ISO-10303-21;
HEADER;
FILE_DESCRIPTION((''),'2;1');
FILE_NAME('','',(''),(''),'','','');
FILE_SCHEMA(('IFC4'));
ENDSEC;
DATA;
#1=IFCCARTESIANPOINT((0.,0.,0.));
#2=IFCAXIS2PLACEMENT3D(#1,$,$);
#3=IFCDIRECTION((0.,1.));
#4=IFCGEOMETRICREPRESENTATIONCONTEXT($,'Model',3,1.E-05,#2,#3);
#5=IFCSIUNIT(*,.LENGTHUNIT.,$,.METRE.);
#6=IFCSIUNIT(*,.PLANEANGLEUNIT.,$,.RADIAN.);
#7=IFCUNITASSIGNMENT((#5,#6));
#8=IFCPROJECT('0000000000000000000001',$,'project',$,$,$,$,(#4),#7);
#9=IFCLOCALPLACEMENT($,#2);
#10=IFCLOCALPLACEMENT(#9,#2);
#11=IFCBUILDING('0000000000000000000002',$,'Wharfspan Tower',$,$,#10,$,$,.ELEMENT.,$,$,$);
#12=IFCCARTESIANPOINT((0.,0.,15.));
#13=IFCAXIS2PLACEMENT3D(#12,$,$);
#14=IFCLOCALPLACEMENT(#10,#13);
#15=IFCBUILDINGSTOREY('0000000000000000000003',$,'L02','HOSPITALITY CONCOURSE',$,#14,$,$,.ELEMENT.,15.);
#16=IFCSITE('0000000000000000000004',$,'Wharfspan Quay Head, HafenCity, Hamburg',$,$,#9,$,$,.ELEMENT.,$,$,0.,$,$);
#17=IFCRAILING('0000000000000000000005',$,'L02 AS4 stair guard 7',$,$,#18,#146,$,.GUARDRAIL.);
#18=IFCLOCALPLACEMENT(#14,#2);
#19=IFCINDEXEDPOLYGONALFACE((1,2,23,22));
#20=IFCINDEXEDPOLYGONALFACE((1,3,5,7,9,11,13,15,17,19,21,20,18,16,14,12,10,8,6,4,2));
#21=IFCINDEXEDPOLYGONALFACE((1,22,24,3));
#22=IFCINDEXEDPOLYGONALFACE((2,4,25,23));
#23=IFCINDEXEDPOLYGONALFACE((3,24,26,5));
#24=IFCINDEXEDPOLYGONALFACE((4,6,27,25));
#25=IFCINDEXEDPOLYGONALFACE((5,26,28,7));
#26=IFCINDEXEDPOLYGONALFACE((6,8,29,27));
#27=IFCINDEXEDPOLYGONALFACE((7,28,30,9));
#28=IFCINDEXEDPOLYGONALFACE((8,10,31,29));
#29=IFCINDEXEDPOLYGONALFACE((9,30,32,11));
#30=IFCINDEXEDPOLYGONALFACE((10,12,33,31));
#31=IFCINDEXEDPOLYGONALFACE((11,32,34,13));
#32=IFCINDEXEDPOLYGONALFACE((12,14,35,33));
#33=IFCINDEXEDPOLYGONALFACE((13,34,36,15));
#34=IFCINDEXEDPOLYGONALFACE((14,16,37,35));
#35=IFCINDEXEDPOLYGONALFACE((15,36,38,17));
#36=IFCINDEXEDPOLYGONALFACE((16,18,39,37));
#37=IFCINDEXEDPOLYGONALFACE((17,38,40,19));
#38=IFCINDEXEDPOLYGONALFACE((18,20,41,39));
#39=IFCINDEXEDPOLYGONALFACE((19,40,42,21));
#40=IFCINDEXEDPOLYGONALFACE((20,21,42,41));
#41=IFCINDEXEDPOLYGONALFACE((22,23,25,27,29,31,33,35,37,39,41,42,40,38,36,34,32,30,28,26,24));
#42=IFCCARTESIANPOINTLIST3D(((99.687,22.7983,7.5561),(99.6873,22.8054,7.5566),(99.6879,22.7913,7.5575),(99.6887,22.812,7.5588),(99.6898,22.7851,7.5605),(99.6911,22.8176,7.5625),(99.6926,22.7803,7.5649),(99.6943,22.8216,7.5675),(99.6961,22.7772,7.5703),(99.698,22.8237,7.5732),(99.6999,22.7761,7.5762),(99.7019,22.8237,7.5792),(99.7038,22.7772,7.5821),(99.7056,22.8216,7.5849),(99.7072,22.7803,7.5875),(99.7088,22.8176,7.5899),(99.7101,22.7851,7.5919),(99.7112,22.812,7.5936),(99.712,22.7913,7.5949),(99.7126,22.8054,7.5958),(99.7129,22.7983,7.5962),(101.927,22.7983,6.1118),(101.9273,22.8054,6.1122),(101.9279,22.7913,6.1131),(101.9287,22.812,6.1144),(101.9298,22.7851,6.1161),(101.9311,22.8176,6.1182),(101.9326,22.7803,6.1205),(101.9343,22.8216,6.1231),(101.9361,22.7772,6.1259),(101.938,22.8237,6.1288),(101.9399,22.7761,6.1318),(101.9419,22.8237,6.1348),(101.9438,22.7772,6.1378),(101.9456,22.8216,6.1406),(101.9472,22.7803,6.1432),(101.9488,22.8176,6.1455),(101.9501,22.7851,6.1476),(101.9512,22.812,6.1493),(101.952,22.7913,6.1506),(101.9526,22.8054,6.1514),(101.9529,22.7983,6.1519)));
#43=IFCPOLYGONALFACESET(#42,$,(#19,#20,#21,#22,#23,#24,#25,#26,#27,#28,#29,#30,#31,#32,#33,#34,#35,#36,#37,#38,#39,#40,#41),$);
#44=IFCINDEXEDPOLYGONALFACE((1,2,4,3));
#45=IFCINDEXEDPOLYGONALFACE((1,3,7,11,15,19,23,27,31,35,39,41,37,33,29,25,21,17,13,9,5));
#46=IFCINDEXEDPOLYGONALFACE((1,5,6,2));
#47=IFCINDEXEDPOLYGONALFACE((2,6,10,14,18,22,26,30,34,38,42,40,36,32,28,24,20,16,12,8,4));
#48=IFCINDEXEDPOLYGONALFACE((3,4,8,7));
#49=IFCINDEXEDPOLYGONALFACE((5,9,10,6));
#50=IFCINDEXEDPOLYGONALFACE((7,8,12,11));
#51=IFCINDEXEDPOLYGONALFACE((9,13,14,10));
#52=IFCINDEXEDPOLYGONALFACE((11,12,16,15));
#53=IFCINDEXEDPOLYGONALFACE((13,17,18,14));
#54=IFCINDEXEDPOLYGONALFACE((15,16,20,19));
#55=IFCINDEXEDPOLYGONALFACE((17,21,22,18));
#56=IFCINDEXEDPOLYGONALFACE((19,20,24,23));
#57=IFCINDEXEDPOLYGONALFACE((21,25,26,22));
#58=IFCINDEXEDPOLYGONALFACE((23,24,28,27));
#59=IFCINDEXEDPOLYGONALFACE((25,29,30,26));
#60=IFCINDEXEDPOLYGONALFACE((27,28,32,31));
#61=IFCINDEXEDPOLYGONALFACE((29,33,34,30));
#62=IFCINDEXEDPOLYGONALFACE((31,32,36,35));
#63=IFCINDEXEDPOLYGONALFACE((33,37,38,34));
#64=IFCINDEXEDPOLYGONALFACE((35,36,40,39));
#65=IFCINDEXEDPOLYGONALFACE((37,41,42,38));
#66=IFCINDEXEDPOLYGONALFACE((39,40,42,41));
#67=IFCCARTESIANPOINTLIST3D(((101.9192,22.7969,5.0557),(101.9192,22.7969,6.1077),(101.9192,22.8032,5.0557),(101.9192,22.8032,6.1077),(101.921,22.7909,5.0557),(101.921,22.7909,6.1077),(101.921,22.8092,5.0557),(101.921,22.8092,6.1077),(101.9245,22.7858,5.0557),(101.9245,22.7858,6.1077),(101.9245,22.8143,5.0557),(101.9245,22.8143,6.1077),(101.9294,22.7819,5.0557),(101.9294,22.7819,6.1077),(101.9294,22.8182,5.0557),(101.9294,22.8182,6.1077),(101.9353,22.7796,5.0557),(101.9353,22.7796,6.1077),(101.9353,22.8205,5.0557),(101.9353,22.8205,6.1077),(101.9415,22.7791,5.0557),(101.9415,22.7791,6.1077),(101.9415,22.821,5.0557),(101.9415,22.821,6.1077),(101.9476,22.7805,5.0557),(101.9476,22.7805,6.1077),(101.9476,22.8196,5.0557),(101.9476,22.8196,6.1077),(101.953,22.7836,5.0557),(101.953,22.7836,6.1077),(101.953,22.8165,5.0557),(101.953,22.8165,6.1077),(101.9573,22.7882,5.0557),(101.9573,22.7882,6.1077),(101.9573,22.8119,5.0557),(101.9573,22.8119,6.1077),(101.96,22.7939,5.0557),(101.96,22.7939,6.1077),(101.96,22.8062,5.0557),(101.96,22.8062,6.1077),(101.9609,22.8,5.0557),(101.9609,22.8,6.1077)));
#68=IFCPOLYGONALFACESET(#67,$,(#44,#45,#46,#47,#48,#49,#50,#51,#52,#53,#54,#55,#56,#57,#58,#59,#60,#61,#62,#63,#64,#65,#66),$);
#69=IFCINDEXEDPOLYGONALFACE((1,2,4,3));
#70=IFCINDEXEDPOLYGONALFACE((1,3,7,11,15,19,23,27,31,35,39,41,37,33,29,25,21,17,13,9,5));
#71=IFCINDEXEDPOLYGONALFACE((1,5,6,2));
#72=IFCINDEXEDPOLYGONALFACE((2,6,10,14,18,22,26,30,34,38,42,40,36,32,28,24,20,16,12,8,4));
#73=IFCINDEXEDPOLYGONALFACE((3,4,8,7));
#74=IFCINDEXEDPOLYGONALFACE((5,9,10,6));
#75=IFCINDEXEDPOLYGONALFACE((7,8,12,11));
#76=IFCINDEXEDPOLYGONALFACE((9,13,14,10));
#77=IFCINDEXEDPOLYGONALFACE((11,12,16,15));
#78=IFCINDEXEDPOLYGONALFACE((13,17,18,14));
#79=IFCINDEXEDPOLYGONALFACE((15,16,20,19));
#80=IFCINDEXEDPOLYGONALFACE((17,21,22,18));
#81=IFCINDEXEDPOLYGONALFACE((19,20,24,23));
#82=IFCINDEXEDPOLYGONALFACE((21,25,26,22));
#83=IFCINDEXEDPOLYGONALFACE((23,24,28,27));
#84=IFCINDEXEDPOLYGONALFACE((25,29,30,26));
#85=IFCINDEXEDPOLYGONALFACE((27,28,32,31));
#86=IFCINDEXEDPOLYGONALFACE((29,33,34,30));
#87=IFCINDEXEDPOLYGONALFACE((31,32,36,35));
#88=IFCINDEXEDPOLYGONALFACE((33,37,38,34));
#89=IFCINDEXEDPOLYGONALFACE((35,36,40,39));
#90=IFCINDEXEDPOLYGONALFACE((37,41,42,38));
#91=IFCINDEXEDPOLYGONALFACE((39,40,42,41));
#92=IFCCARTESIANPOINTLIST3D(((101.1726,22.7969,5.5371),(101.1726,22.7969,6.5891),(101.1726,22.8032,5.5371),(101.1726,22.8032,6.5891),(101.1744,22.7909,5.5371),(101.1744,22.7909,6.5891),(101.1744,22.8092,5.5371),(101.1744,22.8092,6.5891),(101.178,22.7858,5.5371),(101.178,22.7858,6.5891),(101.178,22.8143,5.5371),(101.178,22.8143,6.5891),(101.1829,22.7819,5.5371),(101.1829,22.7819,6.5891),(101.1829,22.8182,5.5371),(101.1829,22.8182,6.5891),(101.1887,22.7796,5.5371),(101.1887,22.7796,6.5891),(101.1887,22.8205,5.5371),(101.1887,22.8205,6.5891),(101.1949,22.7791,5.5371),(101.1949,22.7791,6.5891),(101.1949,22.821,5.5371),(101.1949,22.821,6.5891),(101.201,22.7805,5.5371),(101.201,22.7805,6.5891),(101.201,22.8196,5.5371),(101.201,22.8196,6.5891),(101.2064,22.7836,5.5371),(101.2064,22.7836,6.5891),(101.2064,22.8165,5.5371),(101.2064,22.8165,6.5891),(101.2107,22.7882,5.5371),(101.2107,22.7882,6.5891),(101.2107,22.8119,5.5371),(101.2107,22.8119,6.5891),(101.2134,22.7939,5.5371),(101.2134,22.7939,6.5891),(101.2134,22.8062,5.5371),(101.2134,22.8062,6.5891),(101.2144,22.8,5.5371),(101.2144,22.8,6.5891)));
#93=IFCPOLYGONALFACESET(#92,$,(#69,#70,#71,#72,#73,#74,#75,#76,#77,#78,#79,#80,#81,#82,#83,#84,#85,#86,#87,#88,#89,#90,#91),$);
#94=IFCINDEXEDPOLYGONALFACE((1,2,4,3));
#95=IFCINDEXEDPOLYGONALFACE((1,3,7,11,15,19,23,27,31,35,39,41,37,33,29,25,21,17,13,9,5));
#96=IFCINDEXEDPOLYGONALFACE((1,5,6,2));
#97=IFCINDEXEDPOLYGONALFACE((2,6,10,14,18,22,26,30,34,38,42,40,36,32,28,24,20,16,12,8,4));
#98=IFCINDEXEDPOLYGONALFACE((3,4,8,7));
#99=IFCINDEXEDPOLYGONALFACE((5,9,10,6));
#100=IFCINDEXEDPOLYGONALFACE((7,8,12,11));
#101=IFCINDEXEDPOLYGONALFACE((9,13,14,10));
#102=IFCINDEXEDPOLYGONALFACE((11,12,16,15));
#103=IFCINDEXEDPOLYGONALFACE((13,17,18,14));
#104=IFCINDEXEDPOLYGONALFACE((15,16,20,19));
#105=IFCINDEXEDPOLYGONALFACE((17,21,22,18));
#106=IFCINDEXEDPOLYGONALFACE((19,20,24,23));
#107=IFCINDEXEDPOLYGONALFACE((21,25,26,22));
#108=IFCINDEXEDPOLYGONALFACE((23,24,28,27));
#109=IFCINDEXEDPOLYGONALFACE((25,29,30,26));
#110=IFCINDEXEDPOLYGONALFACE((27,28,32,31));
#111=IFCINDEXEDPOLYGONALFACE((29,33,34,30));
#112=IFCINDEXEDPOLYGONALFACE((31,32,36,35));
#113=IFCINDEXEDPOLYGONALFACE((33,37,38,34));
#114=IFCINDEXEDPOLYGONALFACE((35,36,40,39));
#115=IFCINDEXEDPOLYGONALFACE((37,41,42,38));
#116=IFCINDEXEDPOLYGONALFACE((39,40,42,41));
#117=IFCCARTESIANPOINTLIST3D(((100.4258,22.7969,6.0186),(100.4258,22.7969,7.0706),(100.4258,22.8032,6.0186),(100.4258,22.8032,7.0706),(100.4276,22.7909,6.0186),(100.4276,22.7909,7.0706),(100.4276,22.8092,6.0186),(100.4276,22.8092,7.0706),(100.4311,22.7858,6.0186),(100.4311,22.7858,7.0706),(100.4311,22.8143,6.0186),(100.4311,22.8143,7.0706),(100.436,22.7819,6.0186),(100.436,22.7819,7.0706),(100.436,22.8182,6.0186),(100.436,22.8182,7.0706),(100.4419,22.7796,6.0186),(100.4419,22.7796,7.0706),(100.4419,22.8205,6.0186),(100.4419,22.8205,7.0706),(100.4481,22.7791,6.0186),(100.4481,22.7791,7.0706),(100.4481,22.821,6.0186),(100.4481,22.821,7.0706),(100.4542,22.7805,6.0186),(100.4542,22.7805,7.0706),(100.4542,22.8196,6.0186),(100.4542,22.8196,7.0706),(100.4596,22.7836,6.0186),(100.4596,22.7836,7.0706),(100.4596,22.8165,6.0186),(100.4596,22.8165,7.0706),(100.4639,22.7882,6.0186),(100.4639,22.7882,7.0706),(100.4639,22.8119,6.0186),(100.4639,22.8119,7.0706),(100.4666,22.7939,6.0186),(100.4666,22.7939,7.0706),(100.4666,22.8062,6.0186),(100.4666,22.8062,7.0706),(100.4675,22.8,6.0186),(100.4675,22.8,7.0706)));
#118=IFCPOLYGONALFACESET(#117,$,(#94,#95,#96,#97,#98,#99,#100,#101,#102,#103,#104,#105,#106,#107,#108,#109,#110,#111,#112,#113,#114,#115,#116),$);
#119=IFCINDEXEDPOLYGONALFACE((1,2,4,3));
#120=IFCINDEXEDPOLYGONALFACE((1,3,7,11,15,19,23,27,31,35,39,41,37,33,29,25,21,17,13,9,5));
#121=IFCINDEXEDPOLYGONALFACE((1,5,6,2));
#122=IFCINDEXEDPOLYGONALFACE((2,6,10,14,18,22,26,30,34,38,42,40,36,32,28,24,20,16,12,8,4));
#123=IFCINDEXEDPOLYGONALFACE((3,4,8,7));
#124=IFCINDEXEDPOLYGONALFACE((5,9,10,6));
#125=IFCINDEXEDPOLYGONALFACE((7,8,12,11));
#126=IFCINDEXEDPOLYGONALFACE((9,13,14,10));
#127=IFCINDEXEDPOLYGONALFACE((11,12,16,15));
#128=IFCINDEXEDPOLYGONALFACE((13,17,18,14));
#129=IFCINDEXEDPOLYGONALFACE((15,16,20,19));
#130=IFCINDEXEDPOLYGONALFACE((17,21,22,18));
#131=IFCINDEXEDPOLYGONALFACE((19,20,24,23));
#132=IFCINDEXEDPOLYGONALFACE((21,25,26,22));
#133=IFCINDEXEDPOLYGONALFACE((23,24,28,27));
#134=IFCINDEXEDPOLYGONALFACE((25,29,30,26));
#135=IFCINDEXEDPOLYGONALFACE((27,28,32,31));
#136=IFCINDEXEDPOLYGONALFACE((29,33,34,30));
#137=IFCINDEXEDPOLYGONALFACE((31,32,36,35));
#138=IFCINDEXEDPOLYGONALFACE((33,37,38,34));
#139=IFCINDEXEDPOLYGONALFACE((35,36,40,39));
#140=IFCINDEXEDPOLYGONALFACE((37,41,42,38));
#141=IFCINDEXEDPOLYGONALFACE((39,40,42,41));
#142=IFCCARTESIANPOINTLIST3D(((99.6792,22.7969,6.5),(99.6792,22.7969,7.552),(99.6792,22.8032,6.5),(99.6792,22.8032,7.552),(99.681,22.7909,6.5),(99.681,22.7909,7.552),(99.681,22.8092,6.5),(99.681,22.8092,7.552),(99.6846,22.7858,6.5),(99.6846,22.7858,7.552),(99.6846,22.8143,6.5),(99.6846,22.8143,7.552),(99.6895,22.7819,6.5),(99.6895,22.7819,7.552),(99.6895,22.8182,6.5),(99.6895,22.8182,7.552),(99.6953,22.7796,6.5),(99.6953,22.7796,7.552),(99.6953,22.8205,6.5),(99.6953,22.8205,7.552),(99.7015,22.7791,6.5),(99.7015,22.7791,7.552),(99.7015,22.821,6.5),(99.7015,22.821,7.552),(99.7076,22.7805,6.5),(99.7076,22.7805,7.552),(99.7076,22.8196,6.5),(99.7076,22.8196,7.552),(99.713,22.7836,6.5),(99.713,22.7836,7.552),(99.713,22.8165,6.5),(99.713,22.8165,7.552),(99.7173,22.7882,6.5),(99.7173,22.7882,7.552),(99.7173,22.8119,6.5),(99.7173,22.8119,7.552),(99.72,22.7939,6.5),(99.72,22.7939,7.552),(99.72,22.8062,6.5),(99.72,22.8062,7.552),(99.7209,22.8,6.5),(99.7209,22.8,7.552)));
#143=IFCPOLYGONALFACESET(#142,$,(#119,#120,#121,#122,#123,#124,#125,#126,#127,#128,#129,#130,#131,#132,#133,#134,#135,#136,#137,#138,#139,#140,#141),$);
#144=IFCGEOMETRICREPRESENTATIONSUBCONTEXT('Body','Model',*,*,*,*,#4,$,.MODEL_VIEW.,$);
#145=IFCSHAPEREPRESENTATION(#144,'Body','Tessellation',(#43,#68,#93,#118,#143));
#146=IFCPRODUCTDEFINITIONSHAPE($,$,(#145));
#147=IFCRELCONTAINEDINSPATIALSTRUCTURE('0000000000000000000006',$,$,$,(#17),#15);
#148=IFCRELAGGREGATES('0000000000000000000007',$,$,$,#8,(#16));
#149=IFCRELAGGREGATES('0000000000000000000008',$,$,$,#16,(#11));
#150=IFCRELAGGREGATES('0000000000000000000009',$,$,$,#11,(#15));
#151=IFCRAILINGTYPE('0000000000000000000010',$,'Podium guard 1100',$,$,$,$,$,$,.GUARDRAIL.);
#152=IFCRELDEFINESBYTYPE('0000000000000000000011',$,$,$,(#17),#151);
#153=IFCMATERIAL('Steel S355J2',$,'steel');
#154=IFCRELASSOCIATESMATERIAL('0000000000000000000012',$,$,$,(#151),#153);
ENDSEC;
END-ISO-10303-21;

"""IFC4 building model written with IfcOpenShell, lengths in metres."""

from ifc_helpers import new_model, si_unit, direction, frame, origin, origin_2d, place, context, subcontext, project, spatial, circle, extrude, material, type_object, element, save


model = new_model("IFC4")

# Units and contexts
model_context = context("Model", 3, precision=1e-05, world=origin(), true_north=direction((0.0, 1.0)))
body_context = subcontext(model_context, "Body", "Model", "MODEL_VIEW")
ifc_project = project(units=[si_unit("LENGTHUNIT", "METRE"), si_unit("PLANEANGLEUNIT", "RADIAN")], contexts=[model_context])

# Site, building, storey
site_placement = place(None, origin())
site = spatial("IfcSite", under=ifc_project, at=site_placement, Name="Wharfspan Quay Head, HafenCity, Hamburg", CompositionType="ELEMENT", RefElevation=0.0)
building_placement = place(site_placement, origin())
building = spatial("IfcBuilding", under=site, at=building_placement, Name="Wharfspan Tower", CompositionType="ELEMENT")
storey_placement = place(building_placement, frame((0.0, 0.0, 15.0)))
storey = spatial("IfcBuildingStorey", under=building, at=storey_placement, Name="L02", Description="HOSPITALITY CONCOURSE", CompositionType="ELEMENT", Elevation=15.0)

# Railing
ifc_material_1 = material(Name="Steel S355J2", Category="steel")
railing_type_1 = type_object("IfcRailingType", Name="Podium guard 1100", PredefinedType="GUARDRAIL", material=ifc_material_1)
railing_1_placement = place(storey_placement, frame((101.9399, 22.8, 5.0557)))
element("IfcRailing", 1, at=railing_1_placement, inside=storey, type_object=railing_type_1, Name="L02 AS4 stair guard 7", PredefinedType="GUARDRAIL", context=body_context, shape_type="SweptSolid", body=[
    extrude(circle(Radius=0.0239, at=origin_2d()), frame((0.0, 0.0, 1.0762), z_axis=(-0.840437, 0.0, 0.54191), x_axis=(0.0, -1.0, 0.0)), (0.0, 0.0, 1.0), 2.6653),
    extrude(circle(Radius=0.021, at=origin_2d()), origin(), (0.0, 0.0, 1.0), 1.052),
    extrude(circle(Radius=0.021, at=origin_2d()), frame((-0.7466, 0.0, 0.4814)), (0.0, 0.0, 1.0), 1.052),
    extrude(circle(Radius=0.021, at=origin_2d()), frame((-1.4934, 0.0, 0.9629)), (0.0, 0.0, 1.0), 1.052),
    extrude(circle(Radius=0.021, at=origin_2d()), frame((-2.24, 0.0, 1.4443)), (0.0, 0.0, 1.0), 1.052),
])

save(model, "model.ifc")
